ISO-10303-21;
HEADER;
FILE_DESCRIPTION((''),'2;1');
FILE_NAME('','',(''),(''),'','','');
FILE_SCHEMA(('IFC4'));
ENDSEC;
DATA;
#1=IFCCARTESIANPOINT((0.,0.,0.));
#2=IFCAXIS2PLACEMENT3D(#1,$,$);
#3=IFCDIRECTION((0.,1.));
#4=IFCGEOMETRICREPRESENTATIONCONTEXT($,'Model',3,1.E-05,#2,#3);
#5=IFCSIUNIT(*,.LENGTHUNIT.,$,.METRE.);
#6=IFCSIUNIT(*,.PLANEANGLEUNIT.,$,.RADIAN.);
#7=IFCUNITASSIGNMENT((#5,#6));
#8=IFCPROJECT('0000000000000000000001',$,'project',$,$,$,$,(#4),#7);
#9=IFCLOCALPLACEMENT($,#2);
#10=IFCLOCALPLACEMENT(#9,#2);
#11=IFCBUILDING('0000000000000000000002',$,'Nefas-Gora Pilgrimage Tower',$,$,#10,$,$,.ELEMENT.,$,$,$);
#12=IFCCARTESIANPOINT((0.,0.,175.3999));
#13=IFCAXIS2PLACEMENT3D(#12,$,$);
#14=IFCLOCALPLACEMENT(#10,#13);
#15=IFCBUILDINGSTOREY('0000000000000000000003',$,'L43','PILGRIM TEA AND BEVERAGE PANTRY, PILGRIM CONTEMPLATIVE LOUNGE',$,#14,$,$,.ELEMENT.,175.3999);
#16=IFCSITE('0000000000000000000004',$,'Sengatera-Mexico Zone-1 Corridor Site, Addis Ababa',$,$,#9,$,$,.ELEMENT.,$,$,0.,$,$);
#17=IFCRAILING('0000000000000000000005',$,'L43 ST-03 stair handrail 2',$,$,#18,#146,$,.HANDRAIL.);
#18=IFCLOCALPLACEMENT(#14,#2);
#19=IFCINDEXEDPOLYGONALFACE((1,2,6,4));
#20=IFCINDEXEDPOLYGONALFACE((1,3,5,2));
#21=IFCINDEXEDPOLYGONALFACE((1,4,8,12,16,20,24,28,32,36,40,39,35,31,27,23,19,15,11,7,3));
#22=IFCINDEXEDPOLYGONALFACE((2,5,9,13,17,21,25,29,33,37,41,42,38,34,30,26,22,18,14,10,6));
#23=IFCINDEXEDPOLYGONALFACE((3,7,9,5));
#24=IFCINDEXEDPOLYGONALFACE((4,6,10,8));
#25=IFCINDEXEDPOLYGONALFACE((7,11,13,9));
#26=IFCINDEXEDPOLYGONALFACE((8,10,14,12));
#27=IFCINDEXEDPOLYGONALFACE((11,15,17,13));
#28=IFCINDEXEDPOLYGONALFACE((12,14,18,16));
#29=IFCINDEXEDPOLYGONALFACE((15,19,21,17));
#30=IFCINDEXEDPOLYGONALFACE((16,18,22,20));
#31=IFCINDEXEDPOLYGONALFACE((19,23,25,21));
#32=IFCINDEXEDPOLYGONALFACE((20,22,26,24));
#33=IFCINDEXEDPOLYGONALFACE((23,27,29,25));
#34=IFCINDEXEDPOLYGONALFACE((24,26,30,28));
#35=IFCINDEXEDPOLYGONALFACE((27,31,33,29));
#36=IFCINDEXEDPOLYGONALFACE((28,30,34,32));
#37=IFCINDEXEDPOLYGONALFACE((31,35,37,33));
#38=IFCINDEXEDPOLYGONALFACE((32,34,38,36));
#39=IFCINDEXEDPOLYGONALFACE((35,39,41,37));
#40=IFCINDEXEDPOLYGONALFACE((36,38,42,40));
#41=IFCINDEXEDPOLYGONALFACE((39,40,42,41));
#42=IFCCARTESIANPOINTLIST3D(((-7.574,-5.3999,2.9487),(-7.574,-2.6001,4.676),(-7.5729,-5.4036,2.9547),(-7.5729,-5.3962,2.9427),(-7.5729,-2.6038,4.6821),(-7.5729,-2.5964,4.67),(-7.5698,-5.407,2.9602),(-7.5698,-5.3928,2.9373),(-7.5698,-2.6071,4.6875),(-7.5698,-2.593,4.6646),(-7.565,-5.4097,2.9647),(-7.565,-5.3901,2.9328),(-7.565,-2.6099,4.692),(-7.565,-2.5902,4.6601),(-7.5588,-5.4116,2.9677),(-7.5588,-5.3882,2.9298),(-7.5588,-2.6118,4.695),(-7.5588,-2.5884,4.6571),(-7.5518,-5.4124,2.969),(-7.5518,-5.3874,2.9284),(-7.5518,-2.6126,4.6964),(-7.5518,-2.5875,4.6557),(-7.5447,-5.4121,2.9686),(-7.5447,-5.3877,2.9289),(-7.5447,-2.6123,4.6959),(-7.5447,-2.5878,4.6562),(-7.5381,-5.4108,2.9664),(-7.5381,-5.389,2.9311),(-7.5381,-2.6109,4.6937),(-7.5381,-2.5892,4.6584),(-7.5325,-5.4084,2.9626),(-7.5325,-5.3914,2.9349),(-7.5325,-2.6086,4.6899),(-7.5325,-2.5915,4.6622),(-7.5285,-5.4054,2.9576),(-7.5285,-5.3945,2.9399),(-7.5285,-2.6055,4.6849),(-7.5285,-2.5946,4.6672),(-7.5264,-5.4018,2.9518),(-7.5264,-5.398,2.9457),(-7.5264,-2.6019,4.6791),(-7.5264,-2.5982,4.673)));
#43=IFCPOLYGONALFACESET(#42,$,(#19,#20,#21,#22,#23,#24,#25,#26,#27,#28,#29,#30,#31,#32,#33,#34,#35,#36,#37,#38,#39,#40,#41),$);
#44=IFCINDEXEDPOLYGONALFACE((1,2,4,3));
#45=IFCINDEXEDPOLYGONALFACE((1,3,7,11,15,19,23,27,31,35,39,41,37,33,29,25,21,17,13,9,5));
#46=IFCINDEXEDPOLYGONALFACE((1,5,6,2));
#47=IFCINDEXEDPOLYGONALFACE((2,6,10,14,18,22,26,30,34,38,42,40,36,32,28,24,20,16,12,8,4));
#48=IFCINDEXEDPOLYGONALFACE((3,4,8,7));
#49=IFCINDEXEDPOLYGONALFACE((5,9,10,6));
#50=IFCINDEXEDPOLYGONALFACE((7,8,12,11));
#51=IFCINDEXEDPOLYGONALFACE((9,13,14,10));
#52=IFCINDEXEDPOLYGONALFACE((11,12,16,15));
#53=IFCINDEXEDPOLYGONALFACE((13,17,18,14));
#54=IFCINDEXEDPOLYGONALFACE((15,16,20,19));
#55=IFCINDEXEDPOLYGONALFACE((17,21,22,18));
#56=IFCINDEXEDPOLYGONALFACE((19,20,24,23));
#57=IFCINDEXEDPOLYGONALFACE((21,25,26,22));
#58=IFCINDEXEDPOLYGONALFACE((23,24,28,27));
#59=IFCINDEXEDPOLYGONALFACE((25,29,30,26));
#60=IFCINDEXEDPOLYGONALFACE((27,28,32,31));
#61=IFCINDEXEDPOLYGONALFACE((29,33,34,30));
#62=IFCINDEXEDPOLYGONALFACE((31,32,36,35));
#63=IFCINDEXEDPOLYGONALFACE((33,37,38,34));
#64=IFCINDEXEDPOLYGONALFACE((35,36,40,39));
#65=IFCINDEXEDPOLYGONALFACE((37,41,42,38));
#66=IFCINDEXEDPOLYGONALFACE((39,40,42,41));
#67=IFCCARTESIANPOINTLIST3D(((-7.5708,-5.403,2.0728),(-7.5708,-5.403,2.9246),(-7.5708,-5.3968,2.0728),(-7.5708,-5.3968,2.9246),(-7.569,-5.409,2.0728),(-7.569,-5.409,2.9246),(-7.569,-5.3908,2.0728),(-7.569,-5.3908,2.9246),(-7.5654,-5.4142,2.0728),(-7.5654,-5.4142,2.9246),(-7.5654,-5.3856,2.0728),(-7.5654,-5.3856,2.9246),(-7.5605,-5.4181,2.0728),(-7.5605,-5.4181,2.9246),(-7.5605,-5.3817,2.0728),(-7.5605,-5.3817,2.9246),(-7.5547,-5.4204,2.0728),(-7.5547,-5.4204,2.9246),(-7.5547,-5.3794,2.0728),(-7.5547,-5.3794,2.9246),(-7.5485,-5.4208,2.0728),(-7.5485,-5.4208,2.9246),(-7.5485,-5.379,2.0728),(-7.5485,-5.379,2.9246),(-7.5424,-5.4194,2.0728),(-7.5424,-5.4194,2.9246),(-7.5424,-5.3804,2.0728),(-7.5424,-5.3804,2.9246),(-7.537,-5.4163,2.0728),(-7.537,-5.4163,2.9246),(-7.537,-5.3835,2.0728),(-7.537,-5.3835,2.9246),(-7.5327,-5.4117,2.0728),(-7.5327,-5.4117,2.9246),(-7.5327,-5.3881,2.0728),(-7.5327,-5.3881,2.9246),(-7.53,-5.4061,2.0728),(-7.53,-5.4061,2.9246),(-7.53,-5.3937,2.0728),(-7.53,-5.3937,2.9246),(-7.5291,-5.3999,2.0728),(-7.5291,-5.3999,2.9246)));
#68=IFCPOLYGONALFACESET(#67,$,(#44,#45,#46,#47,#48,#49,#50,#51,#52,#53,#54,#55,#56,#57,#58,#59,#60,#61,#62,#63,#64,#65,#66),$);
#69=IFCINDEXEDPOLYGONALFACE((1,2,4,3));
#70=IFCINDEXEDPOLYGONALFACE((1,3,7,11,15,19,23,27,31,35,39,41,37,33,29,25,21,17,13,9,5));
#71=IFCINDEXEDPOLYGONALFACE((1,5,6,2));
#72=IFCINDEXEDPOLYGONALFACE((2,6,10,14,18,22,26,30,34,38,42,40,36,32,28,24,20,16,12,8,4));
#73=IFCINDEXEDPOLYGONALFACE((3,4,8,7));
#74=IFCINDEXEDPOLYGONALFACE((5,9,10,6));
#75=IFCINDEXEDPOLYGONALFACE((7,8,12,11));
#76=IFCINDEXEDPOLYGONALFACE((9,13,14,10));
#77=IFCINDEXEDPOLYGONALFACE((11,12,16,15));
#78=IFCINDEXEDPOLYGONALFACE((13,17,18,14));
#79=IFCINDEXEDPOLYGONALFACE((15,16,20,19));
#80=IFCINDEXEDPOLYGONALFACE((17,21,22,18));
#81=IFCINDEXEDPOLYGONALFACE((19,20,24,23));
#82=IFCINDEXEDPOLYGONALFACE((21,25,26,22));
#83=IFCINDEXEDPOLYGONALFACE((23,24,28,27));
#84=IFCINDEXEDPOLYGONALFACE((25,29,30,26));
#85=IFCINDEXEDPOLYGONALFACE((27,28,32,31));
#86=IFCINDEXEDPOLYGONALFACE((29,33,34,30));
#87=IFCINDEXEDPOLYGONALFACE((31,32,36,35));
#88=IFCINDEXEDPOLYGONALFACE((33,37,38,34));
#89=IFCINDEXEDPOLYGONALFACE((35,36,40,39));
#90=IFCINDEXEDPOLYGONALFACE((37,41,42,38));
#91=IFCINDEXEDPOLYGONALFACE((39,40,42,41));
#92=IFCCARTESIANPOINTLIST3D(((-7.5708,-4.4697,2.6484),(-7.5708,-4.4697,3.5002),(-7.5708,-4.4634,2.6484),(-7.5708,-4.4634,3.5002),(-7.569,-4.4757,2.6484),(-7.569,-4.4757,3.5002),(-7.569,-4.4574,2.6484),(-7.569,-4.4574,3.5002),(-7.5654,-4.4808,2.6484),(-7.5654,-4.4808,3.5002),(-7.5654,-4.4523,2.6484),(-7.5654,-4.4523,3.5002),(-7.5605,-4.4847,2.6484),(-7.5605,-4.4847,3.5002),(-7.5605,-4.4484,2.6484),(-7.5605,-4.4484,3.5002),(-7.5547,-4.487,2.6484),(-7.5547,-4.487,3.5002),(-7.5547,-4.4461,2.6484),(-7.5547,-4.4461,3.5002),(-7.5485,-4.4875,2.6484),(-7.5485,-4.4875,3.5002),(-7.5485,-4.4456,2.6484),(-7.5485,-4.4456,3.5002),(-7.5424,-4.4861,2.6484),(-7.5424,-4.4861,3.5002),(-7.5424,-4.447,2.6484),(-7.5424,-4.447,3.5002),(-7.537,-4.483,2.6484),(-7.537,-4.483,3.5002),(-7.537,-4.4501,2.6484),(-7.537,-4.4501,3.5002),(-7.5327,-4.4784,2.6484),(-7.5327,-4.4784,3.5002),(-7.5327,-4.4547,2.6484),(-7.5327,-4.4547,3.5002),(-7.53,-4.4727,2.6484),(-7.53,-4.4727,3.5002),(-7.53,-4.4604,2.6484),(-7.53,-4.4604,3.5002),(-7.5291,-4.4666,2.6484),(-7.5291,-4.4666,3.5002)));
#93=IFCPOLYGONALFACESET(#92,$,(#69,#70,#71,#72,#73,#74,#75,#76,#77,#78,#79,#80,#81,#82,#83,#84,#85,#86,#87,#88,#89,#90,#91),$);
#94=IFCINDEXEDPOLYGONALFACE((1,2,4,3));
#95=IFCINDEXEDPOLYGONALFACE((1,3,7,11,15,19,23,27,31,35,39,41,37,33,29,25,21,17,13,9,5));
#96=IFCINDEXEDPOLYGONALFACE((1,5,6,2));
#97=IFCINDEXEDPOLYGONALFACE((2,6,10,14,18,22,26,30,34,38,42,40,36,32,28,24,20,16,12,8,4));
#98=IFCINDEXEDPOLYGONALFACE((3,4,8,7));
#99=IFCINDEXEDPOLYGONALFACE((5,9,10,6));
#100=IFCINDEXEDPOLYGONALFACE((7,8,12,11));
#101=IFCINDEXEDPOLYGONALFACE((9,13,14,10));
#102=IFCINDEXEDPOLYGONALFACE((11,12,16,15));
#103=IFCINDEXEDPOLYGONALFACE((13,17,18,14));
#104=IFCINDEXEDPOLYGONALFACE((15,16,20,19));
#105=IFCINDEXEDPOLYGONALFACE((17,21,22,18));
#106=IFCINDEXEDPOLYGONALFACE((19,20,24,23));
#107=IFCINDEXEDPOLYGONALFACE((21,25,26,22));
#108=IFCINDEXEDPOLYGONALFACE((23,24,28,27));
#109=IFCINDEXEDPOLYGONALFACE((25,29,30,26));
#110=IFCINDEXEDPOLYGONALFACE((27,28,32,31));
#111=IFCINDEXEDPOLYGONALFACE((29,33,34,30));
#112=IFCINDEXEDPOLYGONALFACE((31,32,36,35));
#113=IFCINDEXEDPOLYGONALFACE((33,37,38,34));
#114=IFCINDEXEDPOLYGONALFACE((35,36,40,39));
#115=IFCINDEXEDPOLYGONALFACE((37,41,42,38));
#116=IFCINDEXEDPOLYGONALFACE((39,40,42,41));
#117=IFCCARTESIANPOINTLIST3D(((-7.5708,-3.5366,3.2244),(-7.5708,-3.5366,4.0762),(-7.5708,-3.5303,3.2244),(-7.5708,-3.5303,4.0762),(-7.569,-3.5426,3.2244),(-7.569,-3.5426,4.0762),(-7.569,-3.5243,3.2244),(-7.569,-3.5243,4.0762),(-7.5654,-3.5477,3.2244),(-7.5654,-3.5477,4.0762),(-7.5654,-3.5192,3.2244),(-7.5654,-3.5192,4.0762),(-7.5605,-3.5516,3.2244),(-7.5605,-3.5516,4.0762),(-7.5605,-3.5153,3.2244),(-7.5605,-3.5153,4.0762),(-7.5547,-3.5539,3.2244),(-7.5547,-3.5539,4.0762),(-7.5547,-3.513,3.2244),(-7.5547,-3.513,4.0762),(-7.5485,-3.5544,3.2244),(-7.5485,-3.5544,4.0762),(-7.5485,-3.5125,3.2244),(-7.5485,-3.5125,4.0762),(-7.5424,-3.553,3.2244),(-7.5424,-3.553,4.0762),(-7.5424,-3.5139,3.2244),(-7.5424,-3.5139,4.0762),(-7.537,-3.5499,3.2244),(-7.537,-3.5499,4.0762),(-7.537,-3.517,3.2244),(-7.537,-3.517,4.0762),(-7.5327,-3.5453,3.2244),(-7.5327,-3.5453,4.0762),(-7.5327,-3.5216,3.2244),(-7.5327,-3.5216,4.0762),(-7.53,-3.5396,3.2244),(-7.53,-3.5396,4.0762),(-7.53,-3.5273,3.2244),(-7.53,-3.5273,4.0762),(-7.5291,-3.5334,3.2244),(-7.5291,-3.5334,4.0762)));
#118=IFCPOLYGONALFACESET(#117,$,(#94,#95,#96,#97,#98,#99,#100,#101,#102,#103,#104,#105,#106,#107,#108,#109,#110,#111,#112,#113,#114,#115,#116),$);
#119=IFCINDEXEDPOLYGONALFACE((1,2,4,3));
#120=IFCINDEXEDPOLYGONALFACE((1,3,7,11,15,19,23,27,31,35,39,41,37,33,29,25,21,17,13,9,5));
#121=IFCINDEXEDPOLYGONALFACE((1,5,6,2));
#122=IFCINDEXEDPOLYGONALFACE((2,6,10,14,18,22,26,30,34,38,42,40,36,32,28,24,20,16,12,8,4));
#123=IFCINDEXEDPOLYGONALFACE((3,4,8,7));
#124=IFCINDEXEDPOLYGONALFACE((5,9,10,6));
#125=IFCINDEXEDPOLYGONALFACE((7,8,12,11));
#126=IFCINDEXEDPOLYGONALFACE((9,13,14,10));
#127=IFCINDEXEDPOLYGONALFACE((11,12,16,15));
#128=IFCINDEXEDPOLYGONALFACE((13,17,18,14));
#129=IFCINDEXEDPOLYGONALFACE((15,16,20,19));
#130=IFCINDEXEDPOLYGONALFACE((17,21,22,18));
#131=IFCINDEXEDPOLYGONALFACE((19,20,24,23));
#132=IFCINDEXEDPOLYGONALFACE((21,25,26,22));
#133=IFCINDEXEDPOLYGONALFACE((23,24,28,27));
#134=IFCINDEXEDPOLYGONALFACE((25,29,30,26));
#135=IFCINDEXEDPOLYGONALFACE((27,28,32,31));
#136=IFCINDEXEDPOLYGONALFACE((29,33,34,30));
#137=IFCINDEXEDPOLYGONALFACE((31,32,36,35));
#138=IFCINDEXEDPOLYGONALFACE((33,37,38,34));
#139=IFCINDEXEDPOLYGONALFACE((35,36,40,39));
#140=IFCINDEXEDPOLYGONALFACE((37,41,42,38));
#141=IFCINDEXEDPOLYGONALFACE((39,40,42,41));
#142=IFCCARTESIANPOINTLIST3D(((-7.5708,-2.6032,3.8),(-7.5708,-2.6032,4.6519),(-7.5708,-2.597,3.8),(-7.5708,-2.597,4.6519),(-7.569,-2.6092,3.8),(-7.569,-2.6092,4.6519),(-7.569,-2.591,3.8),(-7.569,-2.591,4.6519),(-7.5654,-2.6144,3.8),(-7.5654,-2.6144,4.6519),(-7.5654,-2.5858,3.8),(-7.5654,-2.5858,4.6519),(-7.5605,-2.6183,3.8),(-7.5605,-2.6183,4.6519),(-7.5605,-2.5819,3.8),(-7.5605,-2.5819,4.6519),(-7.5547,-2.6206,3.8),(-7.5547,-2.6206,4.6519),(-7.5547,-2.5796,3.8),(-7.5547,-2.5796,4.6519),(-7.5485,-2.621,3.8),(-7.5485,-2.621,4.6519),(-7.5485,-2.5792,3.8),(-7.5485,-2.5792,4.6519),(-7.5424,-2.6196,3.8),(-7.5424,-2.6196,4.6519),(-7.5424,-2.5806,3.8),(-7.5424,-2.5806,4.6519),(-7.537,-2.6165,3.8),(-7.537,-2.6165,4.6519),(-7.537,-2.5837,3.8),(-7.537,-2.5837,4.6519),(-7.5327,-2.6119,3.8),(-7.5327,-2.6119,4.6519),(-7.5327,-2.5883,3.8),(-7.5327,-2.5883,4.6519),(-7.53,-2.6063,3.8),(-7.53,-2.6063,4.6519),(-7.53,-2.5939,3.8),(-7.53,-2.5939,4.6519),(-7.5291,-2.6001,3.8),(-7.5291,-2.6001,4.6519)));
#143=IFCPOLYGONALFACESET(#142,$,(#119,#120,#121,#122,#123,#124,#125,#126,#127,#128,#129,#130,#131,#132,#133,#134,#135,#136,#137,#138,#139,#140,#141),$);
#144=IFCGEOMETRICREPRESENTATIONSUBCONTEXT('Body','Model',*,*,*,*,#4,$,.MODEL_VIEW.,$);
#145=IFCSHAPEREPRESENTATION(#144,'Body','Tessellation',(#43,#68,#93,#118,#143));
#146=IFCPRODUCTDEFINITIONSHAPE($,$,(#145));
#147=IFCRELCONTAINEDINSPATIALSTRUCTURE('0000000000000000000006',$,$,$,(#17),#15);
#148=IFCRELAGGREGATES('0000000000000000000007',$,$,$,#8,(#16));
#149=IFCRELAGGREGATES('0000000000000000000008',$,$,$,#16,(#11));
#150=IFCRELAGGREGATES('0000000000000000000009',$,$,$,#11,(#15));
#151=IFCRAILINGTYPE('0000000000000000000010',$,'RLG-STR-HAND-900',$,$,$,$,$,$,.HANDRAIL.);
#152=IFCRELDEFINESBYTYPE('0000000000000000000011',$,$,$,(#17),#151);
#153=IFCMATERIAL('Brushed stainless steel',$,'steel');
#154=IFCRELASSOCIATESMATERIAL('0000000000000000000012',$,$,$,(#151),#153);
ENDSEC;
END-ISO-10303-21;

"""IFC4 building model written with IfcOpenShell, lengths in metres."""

from ifc_helpers import new_model, si_unit, direction, frame, origin, origin_2d, place, context, subcontext, project, spatial, circle, extrude, material, type_object, element, save


model = new_model("IFC4")

# Units and contexts
model_context = context("Model", 3, precision=1e-05, world=origin(), true_north=direction((0.0, 1.0)))
body_context = subcontext(model_context, "Body", "Model", "MODEL_VIEW")
ifc_project = project(units=[si_unit("LENGTHUNIT", "METRE"), si_unit("PLANEANGLEUNIT", "RADIAN")], contexts=[model_context])

# Site, building, storey
site_placement = place(None, origin())
site = spatial("IfcSite", under=ifc_project, at=site_placement, Name="Sengatera-Mexico Zone-1 Corridor Site, Addis Ababa", CompositionType="ELEMENT", RefElevation=0.0)
building_placement = place(site_placement, origin())
building = spatial("IfcBuilding", under=site, at=building_placement, Name="Nefas-Gora Pilgrimage Tower", CompositionType="ELEMENT")
storey_placement = place(building_placement, frame((0.0, 0.0, 175.3999)))
storey = spatial("IfcBuildingStorey", under=building, at=storey_placement, Name="L43", Description="PILGRIM TEA AND BEVERAGE PANTRY, PILGRIM CONTEMPLATIVE LOUNGE", CompositionType="ELEMENT", Elevation=175.3999)

# Railing
ifc_material_1 = material(Name="Brushed stainless steel", Category="steel")
railing_type_1 = type_object("IfcRailingType", Name="RLG-STR-HAND-900", PredefinedType="HANDRAIL", material=ifc_material_1)
railing_1_placement = place(storey_placement, frame((-7.55, -5.3999, 2.0728)))
element("IfcRailing", 1, at=railing_1_placement, inside=storey, type_object=railing_type_1, Name="L43 ST-03 stair handrail 2", PredefinedType="HANDRAIL", context=body_context, shape_type="SweptSolid", body=[
    extrude(circle(Radius=0.0239, at=origin_2d()), frame((0.0, 0.0, 0.876), z_axis=(0.0, 0.851069, 0.525054), x_axis=(-1.0, 0.0, 0.0)), (0.0, 0.0, 1.0), 3.2898),
    extrude(circle(Radius=0.021, at=origin_2d()), origin(), (0.0, 0.0, 1.0), 0.8518),
    extrude(circle(Radius=0.021, at=origin_2d()), frame((0.0, 0.9333, 0.5757)), (0.0, 0.0, 1.0), 0.8518),
    extrude(circle(Radius=0.021, at=origin_2d()), frame((0.0, 1.8665, 1.1516)), (0.0, 0.0, 1.0), 0.8518),
    extrude(circle(Radius=0.021, at=origin_2d()), frame((0.0, 2.7998, 1.7273)), (0.0, 0.0, 1.0), 0.8518),
])

save(model, "model.ifc")
